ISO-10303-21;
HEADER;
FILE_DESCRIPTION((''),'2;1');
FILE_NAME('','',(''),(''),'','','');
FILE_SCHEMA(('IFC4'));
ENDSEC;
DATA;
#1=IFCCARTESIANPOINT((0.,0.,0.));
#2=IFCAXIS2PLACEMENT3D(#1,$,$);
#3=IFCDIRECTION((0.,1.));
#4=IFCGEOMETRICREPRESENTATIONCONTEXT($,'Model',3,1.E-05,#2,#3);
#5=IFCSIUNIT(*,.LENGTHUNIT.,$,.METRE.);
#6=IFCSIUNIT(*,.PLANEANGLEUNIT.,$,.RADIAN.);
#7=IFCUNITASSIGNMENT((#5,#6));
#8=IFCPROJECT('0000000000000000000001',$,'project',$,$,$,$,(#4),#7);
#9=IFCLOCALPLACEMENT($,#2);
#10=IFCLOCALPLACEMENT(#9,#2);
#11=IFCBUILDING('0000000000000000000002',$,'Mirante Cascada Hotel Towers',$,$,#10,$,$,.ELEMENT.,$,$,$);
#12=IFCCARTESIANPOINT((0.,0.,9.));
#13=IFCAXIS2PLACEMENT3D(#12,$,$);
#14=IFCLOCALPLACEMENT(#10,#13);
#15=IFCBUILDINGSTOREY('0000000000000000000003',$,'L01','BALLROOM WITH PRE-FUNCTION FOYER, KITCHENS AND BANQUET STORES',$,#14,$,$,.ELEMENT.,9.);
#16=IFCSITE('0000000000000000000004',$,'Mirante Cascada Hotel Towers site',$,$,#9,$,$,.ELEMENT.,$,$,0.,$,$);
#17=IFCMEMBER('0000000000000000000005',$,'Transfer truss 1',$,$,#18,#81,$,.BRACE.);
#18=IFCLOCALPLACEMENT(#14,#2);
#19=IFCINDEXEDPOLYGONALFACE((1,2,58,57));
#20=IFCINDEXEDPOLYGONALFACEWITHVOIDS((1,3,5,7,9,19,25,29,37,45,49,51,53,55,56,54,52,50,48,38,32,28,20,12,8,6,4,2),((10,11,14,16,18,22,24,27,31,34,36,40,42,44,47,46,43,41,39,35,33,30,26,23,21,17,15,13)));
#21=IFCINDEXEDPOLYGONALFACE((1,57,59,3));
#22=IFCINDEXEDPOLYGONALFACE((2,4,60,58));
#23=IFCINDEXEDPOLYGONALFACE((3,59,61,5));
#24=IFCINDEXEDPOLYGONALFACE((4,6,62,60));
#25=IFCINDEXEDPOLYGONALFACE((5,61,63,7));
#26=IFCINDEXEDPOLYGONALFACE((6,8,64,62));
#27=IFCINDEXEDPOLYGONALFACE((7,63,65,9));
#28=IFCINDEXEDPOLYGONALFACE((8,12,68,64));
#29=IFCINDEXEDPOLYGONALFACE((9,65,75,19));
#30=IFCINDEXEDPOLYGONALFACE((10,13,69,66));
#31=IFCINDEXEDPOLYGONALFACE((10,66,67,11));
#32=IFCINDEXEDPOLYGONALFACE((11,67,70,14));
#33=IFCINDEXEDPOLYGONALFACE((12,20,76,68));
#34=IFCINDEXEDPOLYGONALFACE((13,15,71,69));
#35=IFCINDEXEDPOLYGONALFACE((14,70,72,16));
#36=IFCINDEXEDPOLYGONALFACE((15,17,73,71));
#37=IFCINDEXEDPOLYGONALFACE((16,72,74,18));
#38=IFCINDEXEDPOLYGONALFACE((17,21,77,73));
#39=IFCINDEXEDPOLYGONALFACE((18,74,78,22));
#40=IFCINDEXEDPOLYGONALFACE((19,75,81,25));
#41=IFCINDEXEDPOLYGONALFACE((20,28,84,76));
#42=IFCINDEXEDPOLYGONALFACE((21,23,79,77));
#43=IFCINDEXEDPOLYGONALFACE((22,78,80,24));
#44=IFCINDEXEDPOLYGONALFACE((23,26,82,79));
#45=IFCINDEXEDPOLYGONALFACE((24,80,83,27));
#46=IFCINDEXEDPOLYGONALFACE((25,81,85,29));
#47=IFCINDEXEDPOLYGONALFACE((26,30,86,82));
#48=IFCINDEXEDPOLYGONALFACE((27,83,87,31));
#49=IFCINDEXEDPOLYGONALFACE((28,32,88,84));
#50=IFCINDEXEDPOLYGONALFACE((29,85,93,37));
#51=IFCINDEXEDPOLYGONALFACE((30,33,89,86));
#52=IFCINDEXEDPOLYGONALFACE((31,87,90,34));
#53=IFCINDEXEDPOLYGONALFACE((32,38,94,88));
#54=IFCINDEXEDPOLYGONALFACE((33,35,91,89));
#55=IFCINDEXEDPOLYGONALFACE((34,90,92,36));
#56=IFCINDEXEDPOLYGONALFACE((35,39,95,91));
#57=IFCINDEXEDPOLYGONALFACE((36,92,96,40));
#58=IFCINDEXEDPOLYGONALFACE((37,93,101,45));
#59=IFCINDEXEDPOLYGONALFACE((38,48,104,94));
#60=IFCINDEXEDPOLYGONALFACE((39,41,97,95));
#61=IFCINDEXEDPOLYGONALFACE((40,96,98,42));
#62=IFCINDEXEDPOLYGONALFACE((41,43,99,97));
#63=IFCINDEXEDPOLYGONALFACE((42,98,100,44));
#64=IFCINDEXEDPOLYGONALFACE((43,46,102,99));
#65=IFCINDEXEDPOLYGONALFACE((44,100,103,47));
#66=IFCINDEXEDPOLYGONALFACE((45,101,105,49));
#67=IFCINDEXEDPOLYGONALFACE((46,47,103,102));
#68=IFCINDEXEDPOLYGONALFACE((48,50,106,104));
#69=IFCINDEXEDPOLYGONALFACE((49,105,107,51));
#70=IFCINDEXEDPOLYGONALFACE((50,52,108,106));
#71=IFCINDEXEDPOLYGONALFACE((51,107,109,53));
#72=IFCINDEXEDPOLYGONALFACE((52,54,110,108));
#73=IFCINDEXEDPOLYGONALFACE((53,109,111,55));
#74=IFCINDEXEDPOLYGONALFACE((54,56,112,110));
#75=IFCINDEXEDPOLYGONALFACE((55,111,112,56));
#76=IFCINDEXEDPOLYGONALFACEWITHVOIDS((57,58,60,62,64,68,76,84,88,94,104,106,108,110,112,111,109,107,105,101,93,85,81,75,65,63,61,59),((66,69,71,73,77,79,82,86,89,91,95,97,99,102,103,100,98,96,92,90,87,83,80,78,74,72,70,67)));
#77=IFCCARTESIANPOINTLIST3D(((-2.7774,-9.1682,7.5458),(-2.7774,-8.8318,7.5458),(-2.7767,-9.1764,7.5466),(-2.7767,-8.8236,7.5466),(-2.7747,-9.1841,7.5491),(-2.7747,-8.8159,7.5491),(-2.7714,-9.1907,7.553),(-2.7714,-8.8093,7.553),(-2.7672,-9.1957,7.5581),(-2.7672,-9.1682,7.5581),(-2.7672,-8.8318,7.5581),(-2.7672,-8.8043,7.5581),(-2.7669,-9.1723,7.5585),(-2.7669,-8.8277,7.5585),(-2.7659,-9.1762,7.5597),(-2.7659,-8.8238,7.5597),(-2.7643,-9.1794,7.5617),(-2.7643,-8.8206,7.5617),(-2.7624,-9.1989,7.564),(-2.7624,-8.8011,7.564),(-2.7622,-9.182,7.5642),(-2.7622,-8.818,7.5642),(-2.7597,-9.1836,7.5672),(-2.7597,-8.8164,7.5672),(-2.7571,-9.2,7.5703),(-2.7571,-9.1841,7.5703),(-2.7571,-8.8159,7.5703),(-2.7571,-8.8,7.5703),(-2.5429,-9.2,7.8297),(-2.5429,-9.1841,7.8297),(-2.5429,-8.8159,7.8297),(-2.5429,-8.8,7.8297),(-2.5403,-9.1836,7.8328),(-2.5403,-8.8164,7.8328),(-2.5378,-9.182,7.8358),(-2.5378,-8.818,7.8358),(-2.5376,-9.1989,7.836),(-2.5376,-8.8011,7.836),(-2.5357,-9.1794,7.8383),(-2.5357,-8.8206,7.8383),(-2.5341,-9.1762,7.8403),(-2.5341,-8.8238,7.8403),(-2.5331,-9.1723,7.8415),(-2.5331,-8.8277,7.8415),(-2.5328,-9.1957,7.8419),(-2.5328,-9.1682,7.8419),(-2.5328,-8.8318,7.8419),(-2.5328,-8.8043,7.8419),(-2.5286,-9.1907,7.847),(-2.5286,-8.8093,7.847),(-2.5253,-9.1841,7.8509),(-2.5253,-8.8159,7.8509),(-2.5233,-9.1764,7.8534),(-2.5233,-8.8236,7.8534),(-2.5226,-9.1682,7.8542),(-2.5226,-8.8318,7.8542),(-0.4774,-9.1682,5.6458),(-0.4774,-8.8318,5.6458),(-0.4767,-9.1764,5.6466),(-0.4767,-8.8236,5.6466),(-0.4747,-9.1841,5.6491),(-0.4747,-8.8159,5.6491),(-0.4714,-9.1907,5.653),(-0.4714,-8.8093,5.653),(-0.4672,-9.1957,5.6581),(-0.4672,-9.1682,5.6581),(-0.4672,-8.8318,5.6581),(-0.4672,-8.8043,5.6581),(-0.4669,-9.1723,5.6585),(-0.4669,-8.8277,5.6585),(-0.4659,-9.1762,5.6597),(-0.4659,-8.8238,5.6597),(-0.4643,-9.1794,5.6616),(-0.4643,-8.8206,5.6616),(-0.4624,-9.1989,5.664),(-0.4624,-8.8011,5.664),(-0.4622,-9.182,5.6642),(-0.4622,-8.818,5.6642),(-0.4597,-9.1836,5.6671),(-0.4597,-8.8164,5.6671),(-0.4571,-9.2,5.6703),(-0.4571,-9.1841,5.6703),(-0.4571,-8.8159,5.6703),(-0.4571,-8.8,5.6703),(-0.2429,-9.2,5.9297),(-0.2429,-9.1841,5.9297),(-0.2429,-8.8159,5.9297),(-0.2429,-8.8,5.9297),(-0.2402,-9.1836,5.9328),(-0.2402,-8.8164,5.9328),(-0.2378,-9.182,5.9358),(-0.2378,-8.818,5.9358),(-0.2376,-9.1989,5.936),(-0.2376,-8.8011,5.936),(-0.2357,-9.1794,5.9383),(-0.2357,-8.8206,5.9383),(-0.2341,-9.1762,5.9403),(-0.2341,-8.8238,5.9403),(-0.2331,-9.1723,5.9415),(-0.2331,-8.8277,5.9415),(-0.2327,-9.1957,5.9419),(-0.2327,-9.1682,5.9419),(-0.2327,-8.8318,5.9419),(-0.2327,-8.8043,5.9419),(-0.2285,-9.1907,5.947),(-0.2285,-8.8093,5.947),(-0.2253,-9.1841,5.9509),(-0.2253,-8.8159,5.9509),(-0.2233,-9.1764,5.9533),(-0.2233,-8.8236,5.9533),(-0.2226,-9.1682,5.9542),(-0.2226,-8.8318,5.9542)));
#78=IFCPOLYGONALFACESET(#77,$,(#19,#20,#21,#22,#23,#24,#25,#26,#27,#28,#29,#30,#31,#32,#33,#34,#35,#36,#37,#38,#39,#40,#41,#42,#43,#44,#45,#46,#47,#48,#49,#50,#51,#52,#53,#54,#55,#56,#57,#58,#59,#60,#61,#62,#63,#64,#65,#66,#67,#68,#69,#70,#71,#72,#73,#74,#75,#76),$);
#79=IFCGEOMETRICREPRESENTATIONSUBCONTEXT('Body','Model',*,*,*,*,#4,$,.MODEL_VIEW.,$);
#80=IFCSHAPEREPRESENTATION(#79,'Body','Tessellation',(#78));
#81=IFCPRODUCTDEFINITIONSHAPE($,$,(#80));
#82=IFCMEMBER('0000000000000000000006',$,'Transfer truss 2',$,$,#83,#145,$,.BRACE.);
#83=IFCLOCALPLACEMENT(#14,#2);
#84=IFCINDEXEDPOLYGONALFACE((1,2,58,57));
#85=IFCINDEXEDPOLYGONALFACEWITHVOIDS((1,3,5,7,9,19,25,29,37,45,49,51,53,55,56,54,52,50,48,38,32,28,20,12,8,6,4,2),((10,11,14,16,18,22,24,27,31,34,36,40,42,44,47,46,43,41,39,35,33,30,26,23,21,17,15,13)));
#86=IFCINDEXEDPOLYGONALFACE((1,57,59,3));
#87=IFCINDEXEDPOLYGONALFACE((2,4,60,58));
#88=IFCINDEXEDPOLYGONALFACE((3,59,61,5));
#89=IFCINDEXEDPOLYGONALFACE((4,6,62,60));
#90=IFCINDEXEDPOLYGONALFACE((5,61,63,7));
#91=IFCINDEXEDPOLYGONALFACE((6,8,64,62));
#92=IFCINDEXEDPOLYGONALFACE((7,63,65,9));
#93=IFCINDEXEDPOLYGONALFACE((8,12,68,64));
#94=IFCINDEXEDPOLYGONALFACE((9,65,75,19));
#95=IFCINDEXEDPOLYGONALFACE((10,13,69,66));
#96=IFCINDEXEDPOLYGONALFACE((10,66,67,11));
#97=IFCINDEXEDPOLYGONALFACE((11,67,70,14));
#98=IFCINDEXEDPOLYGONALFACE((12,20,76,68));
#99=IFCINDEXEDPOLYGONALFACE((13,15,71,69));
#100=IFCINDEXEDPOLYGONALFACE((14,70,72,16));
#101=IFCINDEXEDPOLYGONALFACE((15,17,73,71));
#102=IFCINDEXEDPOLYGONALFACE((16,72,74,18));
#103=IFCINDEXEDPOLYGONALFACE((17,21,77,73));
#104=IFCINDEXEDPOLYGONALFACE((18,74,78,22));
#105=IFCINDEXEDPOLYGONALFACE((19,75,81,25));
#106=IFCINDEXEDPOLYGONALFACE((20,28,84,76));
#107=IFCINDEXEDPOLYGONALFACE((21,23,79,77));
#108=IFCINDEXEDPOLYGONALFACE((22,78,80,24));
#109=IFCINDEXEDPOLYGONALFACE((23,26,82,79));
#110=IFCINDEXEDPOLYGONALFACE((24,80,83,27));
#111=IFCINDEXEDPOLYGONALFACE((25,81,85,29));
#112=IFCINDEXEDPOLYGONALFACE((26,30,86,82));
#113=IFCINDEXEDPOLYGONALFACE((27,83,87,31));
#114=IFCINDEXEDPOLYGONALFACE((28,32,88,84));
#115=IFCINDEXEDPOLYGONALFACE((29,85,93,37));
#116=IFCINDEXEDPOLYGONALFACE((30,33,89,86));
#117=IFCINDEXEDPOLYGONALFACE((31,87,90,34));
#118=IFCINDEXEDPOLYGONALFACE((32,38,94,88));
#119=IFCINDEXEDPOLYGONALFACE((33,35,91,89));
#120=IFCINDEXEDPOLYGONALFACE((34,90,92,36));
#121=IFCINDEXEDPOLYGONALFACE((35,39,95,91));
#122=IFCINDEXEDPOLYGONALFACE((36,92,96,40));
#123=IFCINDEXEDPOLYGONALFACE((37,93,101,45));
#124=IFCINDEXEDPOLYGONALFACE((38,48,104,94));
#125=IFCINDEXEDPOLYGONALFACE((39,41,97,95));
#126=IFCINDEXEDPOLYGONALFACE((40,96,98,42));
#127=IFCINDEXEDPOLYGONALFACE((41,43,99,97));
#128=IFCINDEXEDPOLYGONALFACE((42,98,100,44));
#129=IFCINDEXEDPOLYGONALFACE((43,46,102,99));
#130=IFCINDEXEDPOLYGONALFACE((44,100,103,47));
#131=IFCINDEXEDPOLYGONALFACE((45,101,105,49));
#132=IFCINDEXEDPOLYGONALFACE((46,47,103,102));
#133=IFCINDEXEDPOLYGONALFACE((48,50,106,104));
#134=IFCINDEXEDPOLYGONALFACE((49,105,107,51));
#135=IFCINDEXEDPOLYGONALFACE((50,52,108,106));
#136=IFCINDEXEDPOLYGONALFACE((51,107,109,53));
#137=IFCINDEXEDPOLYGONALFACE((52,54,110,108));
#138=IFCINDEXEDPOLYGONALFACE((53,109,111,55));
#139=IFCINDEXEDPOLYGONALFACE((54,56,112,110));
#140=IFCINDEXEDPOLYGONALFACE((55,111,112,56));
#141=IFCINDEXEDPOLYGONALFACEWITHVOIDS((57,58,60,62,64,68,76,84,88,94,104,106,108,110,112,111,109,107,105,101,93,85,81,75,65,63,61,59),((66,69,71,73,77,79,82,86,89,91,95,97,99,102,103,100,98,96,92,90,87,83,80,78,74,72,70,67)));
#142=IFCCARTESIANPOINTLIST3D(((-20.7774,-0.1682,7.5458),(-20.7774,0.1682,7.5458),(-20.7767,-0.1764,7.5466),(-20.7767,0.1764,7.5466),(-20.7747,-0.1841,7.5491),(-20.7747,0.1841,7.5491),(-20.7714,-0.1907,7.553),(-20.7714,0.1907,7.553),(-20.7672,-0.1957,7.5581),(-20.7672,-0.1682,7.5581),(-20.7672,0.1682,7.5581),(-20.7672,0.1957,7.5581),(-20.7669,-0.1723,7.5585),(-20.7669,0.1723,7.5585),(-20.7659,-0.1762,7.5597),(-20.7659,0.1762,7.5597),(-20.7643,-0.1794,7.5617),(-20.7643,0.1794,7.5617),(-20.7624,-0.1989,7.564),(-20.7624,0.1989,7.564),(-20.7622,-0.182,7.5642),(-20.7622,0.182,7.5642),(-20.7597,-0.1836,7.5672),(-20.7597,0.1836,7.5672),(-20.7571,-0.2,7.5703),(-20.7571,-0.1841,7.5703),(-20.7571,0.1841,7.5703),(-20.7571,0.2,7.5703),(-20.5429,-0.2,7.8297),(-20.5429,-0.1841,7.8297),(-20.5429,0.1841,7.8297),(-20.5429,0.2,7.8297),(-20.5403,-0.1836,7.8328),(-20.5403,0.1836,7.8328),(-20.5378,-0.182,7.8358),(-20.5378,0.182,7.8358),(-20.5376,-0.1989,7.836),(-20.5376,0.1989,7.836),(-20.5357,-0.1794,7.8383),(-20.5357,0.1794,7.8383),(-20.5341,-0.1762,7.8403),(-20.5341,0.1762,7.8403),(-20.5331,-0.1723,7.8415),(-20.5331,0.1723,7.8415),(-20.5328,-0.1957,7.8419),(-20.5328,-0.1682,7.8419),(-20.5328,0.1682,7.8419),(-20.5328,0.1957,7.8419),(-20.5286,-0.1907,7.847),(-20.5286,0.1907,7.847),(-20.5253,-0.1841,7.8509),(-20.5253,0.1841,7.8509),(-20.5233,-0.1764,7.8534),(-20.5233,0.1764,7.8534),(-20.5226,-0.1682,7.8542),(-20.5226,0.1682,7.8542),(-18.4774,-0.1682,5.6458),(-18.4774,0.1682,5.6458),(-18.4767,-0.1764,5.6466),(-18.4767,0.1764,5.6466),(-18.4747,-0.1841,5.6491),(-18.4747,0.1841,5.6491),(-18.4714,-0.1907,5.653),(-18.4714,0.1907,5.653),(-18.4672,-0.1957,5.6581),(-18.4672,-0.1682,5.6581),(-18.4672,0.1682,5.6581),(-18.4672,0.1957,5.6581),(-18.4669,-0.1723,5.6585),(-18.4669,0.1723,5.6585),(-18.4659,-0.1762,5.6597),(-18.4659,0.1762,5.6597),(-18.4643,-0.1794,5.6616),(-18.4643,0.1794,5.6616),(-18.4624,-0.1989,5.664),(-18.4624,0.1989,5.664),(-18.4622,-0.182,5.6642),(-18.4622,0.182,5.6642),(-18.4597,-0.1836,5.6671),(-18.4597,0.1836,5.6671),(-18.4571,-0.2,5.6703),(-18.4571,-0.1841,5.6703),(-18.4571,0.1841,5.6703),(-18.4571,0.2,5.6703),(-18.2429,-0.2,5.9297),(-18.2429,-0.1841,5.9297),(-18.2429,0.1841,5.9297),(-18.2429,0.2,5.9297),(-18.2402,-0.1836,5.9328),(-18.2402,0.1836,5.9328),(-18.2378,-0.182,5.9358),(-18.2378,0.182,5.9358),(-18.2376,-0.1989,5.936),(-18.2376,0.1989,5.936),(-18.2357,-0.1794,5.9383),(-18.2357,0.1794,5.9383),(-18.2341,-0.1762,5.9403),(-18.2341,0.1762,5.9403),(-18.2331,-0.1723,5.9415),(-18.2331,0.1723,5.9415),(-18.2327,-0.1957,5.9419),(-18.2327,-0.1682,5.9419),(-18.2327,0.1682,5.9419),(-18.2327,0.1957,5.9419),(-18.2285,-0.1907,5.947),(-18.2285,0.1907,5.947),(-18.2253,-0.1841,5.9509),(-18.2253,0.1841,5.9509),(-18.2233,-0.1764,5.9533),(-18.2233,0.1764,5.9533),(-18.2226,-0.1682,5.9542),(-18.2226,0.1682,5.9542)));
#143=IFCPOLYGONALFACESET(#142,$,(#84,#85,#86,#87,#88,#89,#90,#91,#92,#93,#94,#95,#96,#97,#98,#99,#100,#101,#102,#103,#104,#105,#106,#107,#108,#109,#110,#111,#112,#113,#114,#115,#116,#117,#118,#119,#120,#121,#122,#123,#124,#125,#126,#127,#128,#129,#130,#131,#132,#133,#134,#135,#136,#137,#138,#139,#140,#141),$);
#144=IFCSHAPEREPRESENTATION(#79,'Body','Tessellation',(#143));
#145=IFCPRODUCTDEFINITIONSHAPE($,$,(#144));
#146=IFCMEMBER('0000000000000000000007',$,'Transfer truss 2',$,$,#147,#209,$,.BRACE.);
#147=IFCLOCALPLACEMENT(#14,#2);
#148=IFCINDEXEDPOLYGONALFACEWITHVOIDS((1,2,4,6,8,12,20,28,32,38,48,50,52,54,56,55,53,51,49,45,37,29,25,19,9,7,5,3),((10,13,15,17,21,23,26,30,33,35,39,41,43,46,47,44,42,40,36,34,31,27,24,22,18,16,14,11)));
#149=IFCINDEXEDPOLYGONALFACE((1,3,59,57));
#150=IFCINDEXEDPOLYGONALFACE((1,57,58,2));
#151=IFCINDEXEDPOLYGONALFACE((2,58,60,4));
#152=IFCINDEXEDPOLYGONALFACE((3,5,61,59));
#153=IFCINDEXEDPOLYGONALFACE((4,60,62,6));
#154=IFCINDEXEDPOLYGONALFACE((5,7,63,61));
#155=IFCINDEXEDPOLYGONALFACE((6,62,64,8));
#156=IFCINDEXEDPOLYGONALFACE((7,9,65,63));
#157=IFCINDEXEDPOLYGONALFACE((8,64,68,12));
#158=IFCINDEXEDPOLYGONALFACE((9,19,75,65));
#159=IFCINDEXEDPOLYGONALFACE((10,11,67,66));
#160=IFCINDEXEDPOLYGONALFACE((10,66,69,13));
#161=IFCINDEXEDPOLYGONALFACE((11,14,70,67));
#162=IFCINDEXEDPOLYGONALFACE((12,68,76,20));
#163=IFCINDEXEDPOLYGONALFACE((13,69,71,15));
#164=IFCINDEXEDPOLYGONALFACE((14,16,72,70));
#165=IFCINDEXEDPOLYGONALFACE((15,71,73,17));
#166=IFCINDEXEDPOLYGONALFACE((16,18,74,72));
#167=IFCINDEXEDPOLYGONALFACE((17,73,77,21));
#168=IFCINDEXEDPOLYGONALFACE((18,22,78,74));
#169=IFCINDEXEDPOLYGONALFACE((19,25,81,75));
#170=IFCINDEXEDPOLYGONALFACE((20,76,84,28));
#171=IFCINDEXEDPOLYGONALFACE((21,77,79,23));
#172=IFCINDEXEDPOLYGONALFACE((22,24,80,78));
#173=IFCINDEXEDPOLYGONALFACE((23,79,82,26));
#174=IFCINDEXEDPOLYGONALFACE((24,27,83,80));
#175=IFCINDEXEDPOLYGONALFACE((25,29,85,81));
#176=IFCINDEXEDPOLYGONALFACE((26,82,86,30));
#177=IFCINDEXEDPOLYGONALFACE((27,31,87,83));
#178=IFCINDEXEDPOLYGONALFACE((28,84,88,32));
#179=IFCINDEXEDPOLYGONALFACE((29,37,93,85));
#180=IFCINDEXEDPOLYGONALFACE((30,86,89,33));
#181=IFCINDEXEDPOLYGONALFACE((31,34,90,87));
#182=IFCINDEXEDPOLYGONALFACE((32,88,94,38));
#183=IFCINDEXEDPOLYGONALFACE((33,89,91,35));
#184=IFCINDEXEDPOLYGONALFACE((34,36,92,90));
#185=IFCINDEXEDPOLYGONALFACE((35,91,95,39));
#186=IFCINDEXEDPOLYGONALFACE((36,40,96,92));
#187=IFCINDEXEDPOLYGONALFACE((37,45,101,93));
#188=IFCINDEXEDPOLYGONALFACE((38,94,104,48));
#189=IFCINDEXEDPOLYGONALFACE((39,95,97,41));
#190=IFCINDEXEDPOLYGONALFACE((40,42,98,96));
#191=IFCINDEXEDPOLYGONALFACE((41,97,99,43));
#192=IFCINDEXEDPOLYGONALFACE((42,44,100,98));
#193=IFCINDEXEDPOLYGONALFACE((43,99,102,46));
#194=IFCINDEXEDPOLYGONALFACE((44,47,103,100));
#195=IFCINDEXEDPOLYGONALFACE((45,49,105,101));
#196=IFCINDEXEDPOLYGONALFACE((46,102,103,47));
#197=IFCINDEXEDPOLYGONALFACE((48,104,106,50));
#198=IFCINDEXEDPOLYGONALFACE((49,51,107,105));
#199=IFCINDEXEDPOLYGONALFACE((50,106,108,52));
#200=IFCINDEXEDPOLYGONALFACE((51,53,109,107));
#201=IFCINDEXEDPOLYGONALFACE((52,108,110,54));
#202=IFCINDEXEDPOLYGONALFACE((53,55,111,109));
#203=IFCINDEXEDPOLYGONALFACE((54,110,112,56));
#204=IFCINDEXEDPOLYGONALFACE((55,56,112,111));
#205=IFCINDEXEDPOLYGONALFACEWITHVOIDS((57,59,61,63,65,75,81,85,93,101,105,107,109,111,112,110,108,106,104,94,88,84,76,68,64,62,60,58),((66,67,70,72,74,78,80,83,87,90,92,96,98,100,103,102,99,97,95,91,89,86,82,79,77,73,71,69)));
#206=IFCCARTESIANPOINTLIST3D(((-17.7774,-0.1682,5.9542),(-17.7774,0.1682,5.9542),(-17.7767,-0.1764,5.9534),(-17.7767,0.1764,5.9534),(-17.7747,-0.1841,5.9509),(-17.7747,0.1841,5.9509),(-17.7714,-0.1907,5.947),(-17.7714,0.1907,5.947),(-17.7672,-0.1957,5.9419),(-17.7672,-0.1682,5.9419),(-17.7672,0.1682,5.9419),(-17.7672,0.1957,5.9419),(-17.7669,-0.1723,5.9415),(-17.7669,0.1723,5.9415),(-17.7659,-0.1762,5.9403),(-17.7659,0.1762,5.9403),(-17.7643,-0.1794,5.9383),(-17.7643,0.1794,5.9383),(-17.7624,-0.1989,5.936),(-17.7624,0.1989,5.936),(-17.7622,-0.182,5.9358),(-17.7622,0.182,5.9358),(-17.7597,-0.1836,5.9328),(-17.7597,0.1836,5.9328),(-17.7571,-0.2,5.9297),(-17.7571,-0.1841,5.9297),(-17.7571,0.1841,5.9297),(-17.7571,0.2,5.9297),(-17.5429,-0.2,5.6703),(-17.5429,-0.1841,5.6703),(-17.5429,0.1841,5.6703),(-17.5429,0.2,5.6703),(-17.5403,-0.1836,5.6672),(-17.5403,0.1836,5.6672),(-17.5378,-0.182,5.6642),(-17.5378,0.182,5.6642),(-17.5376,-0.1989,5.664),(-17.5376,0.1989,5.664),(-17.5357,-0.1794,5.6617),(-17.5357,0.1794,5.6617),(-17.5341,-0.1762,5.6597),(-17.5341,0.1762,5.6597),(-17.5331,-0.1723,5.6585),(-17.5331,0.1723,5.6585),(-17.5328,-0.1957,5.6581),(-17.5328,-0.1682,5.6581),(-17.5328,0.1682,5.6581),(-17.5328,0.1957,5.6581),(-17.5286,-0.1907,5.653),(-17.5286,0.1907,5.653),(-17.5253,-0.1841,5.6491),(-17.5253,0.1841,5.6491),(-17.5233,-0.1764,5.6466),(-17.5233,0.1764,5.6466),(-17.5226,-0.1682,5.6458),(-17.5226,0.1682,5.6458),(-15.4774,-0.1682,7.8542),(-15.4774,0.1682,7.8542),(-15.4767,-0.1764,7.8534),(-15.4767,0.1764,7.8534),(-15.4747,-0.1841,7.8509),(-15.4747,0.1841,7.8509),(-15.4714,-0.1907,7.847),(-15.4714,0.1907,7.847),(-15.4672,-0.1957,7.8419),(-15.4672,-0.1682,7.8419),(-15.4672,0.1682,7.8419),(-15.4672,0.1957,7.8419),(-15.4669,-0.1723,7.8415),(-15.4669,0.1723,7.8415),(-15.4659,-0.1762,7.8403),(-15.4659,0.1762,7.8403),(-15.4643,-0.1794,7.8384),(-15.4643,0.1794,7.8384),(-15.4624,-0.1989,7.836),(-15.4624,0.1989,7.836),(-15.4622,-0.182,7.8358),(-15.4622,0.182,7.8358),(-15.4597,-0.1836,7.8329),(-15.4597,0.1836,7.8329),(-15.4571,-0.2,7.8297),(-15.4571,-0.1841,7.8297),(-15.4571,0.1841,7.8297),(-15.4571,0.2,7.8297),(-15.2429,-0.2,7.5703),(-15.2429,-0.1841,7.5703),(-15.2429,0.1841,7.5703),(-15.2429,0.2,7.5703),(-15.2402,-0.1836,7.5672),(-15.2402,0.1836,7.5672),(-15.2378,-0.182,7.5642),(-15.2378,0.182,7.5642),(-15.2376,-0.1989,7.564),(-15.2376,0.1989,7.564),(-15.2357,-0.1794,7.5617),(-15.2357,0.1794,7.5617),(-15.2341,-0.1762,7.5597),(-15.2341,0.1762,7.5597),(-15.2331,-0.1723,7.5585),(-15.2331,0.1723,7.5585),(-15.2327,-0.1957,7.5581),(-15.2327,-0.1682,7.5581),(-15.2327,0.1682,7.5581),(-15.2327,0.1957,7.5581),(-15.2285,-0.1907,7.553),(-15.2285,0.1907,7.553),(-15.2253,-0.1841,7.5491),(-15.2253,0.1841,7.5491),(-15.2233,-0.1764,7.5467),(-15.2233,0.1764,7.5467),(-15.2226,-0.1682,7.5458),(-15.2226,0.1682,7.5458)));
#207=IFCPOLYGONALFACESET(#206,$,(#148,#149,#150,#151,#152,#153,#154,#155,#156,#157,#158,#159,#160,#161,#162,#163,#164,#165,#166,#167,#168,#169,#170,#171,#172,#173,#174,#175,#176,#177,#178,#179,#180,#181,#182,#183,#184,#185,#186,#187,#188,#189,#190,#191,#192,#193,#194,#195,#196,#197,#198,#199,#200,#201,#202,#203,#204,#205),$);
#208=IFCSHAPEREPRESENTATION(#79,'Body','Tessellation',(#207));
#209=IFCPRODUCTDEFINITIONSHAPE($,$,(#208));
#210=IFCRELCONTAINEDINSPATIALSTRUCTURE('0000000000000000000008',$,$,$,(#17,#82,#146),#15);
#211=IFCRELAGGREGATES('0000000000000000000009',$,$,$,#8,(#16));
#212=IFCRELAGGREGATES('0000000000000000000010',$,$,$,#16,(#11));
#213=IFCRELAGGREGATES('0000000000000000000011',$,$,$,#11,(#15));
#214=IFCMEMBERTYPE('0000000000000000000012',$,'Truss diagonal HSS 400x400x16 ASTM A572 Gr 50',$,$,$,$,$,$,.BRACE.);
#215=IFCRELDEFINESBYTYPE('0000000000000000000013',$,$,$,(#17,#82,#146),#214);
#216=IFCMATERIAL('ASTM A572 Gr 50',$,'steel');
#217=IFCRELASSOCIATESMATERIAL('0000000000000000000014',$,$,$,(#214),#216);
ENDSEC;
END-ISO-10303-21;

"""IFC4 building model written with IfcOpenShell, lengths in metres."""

from ifc_helpers import new_model, si_unit, direction, frame, origin, origin_2d, place, context, subcontext, project, spatial, hollow_rectangle, extrude, material, material_profile, profile_set, type_object, element, save


model = new_model("IFC4")

# Units and contexts
model_context = context("Model", 3, precision=1e-05, world=origin(), true_north=direction((0.0, 1.0)))
body_context = subcontext(model_context, "Body", "Model", "MODEL_VIEW")
ifc_project = project(units=[si_unit("LENGTHUNIT", "METRE"), si_unit("PLANEANGLEUNIT", "RADIAN")], contexts=[model_context])

# Site, building, storey
site_placement = place(None, origin())
site = spatial("IfcSite", under=ifc_project, at=site_placement, Name="Mirante Cascada Hotel Towers site", CompositionType="ELEMENT", RefElevation=0.0)
building_placement = place(site_placement, origin())
building = spatial("IfcBuilding", under=site, at=building_placement, Name="Mirante Cascada Hotel Towers", CompositionType="ELEMENT")
storey_placement = place(building_placement, frame((0.0, 0.0, 9.0)))
storey = spatial("IfcBuildingStorey", under=building, at=storey_placement, Name="L01", Description="BALLROOM WITH PRE-FUNCTION FOYER, KITCHENS AND BANQUET STORES", CompositionType="ELEMENT", Elevation=9.0)

# Members
ifc_material_1 = material(Name="ASTM A572 Gr 50", Category="steel")
ifc_material_profile_1 = material_profile(ifc_material_1, hollow_rectangle(XDim=0.4, YDim=0.4, WallThickness=0.0159, InnerFilletRadius=0.0159, OuterFilletRadius=0.0318, at=origin_2d()), Name="HSS 400x400x16")
ifc_profile_set_1 = profile_set([ifc_material_profile_1], Name="ASTM A572 Gr 50")
member_type_1 = type_object("IfcMemberType", Name="Truss diagonal HSS 400x400x16 ASTM A572 Gr 50", PredefinedType="BRACE", material=ifc_profile_set_1)
for number, where, z_axis, x_axis, name in (
    (1, (-2.65, -9.0, 7.7), (0.770962, 0.0, -0.636881), (0.0, 1.0, 0.0), "Transfer truss 1"),
    (2, (-20.65, 0.0, 7.7), (0.770962, 0.0, -0.636881), (0.0, 1.0, 0.0), "Transfer truss 2"),
    (3, (-17.65, 0.0, 5.8), (0.770962, 0.0, 0.636881), (0.0, 1.0, 0.0), "Transfer truss 2"),
):
    element("IfcMember", number, at=place(storey_placement, frame(where, z_axis=z_axis, x_axis=x_axis)), inside=storey, type_object=member_type_1, Name=name, PredefinedType="BRACE", context=body_context, shape_type="SweptSolid", body=[
        extrude(hollow_rectangle(XDim=0.4, YDim=0.4, WallThickness=0.0159, InnerFilletRadius=0.0159, OuterFilletRadius=0.0318, at=origin_2d()), origin(), (0.0, 0.0, 1.0), 2.9833),
    ])

save(model, "model.ifc")
